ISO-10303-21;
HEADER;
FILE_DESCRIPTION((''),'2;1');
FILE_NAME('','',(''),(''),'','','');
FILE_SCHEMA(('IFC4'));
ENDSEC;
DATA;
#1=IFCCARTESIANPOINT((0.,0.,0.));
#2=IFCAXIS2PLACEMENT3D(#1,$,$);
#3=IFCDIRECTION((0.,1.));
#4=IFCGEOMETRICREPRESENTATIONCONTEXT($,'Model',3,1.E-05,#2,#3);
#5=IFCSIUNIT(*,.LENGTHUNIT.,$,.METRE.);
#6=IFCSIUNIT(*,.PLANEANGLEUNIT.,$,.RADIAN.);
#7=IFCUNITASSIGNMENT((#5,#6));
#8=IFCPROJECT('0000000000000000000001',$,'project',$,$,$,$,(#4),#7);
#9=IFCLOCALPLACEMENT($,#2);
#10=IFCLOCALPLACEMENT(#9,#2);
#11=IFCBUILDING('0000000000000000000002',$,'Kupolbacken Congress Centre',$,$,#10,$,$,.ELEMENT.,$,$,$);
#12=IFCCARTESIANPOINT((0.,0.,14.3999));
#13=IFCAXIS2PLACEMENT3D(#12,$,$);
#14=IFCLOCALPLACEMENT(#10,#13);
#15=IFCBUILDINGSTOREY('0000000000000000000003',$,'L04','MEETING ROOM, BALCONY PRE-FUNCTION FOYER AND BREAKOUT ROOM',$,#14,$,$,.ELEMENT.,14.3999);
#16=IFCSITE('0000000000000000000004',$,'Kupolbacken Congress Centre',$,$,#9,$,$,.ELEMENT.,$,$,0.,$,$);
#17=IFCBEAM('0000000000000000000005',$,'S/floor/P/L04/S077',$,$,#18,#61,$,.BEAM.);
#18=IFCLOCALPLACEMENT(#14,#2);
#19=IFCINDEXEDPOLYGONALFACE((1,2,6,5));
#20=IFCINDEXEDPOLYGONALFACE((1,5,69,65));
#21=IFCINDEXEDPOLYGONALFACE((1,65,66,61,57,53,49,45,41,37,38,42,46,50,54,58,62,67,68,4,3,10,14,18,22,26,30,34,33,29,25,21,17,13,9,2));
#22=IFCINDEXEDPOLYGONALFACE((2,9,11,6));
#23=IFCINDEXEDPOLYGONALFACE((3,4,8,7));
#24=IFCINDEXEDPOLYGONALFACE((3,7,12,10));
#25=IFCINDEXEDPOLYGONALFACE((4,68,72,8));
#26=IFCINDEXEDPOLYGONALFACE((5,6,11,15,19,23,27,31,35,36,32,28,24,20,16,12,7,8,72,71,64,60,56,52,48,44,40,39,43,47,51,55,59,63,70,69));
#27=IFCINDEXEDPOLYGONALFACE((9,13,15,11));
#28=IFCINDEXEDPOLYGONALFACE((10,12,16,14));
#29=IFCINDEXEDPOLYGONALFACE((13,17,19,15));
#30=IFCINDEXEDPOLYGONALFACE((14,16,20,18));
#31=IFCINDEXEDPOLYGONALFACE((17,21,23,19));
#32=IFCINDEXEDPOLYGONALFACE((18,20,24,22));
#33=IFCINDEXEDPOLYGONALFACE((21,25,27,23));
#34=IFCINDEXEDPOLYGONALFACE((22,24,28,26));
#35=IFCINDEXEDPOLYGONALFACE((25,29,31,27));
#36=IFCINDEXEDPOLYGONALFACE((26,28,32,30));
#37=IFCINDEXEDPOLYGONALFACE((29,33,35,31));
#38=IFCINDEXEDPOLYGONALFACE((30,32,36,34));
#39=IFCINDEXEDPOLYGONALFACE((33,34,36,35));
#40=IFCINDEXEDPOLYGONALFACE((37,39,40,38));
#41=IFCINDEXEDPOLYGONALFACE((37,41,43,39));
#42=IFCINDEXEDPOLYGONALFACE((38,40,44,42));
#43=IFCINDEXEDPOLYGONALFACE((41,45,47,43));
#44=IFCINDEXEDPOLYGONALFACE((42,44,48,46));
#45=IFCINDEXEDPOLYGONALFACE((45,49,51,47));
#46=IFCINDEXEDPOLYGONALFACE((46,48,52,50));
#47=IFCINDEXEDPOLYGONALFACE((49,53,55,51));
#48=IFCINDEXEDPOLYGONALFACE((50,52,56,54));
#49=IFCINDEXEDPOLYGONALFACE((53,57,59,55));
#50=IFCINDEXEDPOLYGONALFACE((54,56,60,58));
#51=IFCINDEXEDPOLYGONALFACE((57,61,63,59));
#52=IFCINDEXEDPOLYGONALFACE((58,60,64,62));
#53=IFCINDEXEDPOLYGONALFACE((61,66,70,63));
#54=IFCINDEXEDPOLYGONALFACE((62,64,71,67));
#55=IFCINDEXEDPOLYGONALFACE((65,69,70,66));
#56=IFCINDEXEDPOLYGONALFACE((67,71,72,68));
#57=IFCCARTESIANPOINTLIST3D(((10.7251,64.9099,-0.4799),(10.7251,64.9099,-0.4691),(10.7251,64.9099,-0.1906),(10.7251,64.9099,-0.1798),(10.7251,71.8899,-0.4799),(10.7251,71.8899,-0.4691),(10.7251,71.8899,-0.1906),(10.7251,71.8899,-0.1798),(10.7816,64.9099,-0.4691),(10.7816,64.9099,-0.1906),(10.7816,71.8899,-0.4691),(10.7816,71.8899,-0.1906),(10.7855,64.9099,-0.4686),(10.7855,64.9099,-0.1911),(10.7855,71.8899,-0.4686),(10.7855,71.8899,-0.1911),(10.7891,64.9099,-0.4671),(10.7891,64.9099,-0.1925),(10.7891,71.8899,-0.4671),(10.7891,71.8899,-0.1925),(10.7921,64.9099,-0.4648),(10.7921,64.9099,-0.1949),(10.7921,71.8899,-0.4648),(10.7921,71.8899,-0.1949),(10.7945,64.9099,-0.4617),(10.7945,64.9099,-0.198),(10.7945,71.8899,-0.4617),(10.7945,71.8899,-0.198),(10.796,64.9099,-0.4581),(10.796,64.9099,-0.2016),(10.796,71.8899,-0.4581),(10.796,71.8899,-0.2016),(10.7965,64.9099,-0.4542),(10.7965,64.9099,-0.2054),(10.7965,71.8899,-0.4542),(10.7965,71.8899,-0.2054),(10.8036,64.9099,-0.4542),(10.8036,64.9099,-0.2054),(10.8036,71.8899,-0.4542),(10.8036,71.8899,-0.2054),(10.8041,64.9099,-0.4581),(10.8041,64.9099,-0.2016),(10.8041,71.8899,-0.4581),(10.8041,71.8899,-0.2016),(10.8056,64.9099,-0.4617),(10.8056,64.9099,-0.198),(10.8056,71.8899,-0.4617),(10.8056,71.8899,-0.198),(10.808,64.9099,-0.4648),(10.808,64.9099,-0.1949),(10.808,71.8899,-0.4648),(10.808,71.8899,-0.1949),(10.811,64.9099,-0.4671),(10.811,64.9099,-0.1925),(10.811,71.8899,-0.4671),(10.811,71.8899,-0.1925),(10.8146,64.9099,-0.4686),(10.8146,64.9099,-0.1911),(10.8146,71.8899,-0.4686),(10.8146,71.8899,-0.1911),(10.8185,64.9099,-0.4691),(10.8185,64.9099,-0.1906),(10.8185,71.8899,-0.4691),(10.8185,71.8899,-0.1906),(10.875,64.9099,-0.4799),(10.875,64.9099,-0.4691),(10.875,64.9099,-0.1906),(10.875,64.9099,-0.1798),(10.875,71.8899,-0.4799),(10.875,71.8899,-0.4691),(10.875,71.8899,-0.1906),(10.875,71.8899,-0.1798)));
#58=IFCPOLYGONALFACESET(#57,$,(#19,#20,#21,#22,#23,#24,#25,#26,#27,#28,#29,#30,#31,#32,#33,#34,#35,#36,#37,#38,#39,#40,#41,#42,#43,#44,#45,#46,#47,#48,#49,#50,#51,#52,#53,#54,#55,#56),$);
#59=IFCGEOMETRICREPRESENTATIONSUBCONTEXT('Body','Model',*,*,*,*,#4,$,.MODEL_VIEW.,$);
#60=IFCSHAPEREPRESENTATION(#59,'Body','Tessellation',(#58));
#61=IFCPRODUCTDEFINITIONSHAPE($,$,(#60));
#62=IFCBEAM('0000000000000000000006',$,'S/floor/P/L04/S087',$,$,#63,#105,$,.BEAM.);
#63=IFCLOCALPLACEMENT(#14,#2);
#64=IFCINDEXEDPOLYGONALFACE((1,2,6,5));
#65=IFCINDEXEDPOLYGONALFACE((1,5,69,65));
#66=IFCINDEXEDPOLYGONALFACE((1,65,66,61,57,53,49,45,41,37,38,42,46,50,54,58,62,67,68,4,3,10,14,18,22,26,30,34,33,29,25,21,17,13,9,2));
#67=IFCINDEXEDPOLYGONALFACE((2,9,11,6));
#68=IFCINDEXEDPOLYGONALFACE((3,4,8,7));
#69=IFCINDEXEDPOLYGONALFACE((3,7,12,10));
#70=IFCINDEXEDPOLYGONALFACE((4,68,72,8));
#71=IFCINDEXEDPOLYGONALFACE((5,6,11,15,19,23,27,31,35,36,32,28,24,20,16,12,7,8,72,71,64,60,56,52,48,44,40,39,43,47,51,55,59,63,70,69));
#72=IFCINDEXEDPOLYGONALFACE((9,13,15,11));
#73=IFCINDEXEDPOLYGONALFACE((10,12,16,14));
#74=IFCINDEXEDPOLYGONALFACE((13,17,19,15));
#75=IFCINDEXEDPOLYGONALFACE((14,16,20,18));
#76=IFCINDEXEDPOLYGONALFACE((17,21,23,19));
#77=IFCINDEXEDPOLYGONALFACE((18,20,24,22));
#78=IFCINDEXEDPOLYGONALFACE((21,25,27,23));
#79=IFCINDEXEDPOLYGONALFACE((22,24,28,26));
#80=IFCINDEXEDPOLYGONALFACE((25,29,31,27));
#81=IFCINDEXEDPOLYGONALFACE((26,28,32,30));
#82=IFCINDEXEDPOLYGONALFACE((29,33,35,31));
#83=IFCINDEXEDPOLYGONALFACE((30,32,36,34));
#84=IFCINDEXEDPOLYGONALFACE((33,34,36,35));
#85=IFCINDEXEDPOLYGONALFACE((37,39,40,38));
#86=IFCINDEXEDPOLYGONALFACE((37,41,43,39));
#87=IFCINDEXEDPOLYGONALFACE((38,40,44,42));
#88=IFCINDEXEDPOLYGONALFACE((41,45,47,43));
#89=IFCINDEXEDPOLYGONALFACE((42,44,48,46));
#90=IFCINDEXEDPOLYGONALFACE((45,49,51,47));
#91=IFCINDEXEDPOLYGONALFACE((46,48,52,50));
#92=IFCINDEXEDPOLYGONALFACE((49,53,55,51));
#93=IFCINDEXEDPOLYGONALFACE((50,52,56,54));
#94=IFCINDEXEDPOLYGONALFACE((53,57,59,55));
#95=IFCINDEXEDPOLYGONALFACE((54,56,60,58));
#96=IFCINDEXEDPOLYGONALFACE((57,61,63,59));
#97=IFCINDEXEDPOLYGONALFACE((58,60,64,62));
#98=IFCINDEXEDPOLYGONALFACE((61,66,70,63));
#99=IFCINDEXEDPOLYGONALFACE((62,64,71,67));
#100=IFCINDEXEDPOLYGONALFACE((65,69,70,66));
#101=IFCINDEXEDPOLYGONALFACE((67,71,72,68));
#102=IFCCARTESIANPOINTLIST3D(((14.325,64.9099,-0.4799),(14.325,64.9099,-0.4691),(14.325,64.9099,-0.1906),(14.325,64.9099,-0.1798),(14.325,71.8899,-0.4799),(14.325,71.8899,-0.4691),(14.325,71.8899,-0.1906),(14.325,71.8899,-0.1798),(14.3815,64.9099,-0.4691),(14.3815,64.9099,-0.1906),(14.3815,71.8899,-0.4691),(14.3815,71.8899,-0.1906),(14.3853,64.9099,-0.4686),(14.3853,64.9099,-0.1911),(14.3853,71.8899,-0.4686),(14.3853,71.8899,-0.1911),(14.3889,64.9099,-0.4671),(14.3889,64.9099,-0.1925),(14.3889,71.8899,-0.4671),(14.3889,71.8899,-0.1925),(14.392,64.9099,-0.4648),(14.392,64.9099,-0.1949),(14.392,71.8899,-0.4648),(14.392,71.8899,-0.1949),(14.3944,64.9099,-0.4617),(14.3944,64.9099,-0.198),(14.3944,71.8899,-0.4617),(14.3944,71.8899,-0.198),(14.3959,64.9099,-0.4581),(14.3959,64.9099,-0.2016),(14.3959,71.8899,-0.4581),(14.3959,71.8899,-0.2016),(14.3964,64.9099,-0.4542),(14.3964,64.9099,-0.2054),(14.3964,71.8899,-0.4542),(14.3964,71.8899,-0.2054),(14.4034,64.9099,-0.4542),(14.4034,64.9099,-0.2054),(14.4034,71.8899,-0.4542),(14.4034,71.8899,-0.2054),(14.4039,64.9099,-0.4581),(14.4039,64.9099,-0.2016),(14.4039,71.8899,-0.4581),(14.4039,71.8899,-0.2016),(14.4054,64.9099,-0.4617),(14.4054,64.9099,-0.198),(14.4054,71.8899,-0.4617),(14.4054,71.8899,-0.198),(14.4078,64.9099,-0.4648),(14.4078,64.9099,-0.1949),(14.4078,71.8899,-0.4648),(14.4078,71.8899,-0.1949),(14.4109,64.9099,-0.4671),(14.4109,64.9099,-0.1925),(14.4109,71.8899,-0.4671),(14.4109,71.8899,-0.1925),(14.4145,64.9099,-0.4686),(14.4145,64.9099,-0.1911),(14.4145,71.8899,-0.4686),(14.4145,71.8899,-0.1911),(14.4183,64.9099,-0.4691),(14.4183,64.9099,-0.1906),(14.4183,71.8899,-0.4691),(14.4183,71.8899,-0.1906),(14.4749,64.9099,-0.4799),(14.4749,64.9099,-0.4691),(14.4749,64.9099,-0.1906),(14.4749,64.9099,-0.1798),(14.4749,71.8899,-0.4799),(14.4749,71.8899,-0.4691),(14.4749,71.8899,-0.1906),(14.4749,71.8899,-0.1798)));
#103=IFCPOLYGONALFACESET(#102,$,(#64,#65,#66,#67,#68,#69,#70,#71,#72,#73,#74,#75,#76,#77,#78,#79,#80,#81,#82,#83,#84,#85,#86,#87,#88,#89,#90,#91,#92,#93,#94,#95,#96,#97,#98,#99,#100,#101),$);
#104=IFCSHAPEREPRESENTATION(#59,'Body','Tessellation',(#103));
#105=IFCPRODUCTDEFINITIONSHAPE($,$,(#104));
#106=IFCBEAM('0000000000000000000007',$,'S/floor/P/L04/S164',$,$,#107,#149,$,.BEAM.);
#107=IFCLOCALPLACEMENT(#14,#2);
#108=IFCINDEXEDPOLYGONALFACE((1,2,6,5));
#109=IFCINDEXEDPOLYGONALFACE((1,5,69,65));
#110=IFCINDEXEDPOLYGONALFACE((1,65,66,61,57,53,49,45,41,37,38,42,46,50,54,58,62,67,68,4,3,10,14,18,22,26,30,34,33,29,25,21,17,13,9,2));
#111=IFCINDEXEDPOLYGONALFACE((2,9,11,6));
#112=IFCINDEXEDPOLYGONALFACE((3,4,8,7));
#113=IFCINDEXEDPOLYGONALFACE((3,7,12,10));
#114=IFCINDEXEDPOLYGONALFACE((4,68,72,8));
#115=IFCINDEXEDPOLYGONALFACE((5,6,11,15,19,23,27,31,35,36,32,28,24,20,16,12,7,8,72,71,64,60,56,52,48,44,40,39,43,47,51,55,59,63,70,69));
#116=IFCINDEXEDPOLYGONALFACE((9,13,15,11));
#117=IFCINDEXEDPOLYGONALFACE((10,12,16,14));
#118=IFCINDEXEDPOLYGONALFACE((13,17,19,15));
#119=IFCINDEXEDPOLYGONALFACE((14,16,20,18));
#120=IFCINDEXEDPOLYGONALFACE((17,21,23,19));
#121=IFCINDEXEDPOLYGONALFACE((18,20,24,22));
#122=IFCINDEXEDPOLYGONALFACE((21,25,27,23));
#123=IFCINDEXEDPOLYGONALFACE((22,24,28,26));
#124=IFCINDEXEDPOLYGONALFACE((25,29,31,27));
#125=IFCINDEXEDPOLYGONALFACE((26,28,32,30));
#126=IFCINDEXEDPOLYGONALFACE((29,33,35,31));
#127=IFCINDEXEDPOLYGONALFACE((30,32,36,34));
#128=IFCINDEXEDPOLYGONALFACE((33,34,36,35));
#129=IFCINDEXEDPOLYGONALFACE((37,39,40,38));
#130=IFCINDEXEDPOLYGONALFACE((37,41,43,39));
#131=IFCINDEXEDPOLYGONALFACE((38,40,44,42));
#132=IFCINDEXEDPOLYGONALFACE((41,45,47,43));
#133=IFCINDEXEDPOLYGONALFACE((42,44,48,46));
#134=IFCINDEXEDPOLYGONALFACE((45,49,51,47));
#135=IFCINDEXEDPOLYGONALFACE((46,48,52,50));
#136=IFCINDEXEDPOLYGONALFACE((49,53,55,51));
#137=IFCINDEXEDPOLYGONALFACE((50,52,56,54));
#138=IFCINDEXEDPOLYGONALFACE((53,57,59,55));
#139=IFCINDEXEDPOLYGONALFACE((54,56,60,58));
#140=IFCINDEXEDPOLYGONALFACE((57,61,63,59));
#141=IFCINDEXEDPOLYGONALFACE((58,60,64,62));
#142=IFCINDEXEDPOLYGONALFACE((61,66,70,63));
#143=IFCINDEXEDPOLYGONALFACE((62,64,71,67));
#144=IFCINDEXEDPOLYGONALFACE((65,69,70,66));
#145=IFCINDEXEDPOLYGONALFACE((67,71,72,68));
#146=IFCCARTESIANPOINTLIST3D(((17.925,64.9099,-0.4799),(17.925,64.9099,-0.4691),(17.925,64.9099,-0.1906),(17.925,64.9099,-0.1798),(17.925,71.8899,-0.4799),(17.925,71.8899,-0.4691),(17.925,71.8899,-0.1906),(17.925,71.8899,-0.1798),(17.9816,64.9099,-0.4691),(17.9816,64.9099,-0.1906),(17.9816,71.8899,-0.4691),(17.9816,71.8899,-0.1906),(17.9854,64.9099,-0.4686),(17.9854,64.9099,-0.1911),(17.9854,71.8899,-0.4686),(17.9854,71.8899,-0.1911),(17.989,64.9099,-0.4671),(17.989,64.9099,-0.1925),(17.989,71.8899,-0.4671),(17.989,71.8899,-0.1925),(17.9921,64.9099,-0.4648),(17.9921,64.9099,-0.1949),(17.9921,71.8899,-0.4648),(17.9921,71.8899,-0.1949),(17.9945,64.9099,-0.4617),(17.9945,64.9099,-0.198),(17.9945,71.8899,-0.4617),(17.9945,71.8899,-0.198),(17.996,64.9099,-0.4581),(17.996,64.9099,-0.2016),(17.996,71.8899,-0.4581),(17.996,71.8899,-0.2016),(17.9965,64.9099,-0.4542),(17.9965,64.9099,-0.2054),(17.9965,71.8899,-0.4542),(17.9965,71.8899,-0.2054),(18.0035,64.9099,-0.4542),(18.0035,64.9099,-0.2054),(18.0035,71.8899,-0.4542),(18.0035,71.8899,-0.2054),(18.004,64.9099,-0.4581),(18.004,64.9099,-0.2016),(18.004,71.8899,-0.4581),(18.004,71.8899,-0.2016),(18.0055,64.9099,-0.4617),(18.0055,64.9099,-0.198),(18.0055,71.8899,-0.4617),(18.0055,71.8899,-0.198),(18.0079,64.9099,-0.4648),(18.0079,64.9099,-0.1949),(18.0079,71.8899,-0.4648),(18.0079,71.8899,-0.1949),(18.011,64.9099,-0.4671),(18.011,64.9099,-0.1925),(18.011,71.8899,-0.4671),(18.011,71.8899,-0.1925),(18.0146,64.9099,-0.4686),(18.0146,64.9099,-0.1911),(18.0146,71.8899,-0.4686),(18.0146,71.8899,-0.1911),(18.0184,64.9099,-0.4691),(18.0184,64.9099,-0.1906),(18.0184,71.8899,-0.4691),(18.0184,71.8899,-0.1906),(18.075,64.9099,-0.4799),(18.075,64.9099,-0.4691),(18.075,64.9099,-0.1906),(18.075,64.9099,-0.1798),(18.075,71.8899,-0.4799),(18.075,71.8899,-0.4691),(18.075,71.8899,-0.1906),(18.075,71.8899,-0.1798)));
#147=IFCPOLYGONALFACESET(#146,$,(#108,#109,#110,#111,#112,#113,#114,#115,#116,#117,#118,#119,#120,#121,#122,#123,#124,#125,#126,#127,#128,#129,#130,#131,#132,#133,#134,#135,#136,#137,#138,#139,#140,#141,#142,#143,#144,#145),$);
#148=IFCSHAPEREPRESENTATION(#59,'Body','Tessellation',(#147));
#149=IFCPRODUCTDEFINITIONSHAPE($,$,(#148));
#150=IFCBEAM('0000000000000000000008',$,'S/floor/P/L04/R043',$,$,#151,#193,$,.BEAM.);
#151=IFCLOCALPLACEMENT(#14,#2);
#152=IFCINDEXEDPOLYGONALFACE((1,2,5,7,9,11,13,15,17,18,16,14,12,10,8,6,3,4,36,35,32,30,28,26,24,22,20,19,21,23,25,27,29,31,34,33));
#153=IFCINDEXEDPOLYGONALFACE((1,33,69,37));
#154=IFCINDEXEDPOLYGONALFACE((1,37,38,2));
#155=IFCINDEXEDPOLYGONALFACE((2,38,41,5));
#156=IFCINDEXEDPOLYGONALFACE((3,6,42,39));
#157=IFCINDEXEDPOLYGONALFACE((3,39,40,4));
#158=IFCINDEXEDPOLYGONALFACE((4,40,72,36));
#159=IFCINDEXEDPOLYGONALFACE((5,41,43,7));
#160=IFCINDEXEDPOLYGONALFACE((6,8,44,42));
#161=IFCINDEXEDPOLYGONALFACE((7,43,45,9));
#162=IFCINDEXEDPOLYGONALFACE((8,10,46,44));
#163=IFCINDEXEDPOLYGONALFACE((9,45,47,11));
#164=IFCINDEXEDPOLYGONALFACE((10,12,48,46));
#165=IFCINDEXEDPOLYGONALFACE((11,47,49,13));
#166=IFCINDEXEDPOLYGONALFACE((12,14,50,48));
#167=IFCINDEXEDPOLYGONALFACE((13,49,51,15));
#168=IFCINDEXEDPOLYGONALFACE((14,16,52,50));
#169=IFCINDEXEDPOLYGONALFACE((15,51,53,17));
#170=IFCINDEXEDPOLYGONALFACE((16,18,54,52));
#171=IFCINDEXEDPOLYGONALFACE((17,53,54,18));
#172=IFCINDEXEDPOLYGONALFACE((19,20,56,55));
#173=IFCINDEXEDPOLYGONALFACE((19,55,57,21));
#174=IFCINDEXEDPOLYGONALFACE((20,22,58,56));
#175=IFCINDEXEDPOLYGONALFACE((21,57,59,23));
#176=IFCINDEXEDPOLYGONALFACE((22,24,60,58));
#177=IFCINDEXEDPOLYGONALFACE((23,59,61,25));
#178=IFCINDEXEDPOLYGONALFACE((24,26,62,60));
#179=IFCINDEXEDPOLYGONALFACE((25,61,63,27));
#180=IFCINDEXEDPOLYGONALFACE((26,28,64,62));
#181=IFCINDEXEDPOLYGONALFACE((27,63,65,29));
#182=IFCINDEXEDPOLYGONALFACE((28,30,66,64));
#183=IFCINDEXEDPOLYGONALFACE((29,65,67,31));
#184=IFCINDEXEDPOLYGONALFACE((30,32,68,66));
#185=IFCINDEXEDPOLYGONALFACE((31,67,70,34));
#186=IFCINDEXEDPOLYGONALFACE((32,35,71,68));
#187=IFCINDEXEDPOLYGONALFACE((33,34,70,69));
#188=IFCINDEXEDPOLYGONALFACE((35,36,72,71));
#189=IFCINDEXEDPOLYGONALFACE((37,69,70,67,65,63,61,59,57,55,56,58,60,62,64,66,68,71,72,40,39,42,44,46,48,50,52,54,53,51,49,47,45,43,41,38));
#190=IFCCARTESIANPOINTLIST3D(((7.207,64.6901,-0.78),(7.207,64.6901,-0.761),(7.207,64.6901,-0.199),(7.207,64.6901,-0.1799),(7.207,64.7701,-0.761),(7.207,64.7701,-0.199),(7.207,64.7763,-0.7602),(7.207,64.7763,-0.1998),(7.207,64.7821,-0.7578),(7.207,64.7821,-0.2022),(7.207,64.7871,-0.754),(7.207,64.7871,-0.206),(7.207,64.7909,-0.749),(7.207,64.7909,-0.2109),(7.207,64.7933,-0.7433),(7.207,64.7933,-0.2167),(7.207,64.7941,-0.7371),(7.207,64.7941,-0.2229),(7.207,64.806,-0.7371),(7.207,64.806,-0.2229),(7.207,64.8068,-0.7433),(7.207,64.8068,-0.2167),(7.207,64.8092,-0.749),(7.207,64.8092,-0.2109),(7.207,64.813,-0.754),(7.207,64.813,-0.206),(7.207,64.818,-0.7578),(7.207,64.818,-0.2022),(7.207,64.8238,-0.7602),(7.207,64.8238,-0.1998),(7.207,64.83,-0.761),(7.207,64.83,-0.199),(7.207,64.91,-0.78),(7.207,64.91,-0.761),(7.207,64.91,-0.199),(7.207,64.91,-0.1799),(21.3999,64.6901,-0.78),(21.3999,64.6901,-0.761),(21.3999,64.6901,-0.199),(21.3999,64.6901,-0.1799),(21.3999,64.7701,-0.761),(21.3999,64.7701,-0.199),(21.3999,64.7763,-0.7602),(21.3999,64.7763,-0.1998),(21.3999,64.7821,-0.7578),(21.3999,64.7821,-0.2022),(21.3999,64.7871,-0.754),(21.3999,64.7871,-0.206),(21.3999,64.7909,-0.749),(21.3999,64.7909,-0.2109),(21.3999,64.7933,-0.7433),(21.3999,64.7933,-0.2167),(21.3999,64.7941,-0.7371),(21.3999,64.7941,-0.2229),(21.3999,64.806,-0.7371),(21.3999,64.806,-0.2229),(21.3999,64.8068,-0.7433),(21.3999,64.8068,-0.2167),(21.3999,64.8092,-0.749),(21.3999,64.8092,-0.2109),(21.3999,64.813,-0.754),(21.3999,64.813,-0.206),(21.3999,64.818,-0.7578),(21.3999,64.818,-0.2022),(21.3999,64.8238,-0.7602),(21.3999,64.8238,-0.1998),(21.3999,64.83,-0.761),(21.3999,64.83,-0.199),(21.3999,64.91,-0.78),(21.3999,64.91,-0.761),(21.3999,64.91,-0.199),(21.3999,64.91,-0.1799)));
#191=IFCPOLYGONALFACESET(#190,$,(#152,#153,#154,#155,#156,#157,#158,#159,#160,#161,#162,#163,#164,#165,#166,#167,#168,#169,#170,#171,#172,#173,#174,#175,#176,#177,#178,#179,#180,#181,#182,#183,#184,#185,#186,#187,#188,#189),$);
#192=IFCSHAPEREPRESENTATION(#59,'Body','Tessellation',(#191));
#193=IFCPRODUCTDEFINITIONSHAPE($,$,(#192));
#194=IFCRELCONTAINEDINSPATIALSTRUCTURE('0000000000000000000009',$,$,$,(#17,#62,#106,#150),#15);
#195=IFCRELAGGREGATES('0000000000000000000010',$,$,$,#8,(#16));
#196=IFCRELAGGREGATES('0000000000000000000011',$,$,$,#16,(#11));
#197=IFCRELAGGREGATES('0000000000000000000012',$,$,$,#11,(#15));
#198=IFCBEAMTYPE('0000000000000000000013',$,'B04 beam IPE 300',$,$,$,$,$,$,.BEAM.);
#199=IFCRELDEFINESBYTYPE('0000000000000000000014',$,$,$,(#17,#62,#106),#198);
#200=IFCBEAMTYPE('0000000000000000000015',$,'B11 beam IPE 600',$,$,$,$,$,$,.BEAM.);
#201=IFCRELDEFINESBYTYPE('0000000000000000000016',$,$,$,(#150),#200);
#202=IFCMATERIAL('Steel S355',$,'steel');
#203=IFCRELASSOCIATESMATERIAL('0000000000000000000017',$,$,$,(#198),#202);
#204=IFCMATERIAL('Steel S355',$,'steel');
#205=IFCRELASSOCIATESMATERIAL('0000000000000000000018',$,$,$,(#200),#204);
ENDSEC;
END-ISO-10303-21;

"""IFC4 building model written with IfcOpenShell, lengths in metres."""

from ifc_helpers import new_model, si_unit, direction, frame, origin, origin_2d, place, context, subcontext, project, spatial, i_section, extrude, material, material_profile, profile_set, type_object, element, save


model = new_model("IFC4")

# Units and contexts
model_context = context("Model", 3, precision=1e-05, world=origin(), true_north=direction((0.0, 1.0)))
body_context = subcontext(model_context, "Body", "Model", "MODEL_VIEW")
ifc_project = project(units=[si_unit("LENGTHUNIT", "METRE"), si_unit("PLANEANGLEUNIT", "RADIAN")], contexts=[model_context])

# Site, building, storey
site_placement = place(None, origin())
site = spatial("IfcSite", under=ifc_project, at=site_placement, Name="Kupolbacken Congress Centre", CompositionType="ELEMENT", RefElevation=0.0)
building_placement = place(site_placement, origin())
building = spatial("IfcBuilding", under=site, at=building_placement, Name="Kupolbacken Congress Centre", CompositionType="ELEMENT")
storey_placement = place(building_placement, frame((0.0, 0.0, 14.3999)))
storey = spatial("IfcBuildingStorey", under=building, at=storey_placement, Name="L04", Description="MEETING ROOM, BALCONY PRE-FUNCTION FOYER AND BREAKOUT ROOM", CompositionType="ELEMENT", Elevation=14.3999)

# Beams
ifc_material_1 = material(Name="Steel S355", Category="steel")
ifc_material_profile_1 = material_profile(ifc_material_1, i_section(OverallWidth=0.1499, OverallDepth=0.3, WebThickness=0.0071, FlangeThickness=0.0107, FilletRadius=0.0149, at=origin_2d()), Name="IPE 300")
ifc_profile_set_1 = profile_set([ifc_material_profile_1], Name="Steel S355")
beam_type_1 = type_object("IfcBeamType", Name="B04 beam IPE 300", PredefinedType="BEAM", material=ifc_profile_set_1)
for number, where, z_axis, x_axis, name in (
    (1, (10.8, 64.9099, -0.3298), (0.0, 1.0, 0.0), (-1.0, 0.0, 0.0), "S/floor/P/L04/S077"),
    (2, (14.3999, 64.9099, -0.3298), (0.0, 1.0, 0.0), (-1.0, 0.0, 0.0), "S/floor/P/L04/S087"),
    (3, (18.0, 64.9099, -0.3298), (0.0, 1.0, 0.0), (-1.0, 0.0, 0.0), "S/floor/P/L04/S164"),
):
    element("IfcBeam", number, at=place(storey_placement, frame(where, z_axis=z_axis, x_axis=x_axis)), inside=storey, type_object=beam_type_1, Name=name, PredefinedType="BEAM", context=body_context, shape_type="SweptSolid", body=[
        extrude(i_section(OverallWidth=0.1499, OverallDepth=0.3, WebThickness=0.0071, FlangeThickness=0.0107, FilletRadius=0.0149, at=origin_2d()), origin(), (0.0, 0.0, 1.0), 6.98),
    ])
ifc_material_2 = material(Name="Steel S355", Category="steel")
ifc_material_profile_2 = material_profile(ifc_material_2, i_section(OverallWidth=0.22, OverallDepth=0.6001, WebThickness=0.012, FlangeThickness=0.019, FilletRadius=0.0239, at=origin_2d()), Name="IPE 600")
ifc_profile_set_2 = profile_set([ifc_material_profile_2], Name="Steel S355")
beam_type_2 = type_object("IfcBeamType", Name="B11 beam IPE 600", PredefinedType="BEAM", material=ifc_profile_set_2)
beam_1_placement = place(storey_placement, frame((7.207, 64.8, -0.48), z_axis=(1.0, 0.0, 0.0), x_axis=(0.0, 1.0, 0.0)))
element("IfcBeam", 4, at=beam_1_placement, inside=storey, type_object=beam_type_2, Name="S/floor/P/L04/R043", PredefinedType="BEAM", context=body_context, shape_type="SweptSolid", body=[
    extrude(i_section(OverallWidth=0.22, OverallDepth=0.6001, WebThickness=0.012, FlangeThickness=0.019, FilletRadius=0.0239, at=origin_2d()), origin(), (0.0, 0.0, 1.0), 14.1929),
])

save(model, "model.ifc")
